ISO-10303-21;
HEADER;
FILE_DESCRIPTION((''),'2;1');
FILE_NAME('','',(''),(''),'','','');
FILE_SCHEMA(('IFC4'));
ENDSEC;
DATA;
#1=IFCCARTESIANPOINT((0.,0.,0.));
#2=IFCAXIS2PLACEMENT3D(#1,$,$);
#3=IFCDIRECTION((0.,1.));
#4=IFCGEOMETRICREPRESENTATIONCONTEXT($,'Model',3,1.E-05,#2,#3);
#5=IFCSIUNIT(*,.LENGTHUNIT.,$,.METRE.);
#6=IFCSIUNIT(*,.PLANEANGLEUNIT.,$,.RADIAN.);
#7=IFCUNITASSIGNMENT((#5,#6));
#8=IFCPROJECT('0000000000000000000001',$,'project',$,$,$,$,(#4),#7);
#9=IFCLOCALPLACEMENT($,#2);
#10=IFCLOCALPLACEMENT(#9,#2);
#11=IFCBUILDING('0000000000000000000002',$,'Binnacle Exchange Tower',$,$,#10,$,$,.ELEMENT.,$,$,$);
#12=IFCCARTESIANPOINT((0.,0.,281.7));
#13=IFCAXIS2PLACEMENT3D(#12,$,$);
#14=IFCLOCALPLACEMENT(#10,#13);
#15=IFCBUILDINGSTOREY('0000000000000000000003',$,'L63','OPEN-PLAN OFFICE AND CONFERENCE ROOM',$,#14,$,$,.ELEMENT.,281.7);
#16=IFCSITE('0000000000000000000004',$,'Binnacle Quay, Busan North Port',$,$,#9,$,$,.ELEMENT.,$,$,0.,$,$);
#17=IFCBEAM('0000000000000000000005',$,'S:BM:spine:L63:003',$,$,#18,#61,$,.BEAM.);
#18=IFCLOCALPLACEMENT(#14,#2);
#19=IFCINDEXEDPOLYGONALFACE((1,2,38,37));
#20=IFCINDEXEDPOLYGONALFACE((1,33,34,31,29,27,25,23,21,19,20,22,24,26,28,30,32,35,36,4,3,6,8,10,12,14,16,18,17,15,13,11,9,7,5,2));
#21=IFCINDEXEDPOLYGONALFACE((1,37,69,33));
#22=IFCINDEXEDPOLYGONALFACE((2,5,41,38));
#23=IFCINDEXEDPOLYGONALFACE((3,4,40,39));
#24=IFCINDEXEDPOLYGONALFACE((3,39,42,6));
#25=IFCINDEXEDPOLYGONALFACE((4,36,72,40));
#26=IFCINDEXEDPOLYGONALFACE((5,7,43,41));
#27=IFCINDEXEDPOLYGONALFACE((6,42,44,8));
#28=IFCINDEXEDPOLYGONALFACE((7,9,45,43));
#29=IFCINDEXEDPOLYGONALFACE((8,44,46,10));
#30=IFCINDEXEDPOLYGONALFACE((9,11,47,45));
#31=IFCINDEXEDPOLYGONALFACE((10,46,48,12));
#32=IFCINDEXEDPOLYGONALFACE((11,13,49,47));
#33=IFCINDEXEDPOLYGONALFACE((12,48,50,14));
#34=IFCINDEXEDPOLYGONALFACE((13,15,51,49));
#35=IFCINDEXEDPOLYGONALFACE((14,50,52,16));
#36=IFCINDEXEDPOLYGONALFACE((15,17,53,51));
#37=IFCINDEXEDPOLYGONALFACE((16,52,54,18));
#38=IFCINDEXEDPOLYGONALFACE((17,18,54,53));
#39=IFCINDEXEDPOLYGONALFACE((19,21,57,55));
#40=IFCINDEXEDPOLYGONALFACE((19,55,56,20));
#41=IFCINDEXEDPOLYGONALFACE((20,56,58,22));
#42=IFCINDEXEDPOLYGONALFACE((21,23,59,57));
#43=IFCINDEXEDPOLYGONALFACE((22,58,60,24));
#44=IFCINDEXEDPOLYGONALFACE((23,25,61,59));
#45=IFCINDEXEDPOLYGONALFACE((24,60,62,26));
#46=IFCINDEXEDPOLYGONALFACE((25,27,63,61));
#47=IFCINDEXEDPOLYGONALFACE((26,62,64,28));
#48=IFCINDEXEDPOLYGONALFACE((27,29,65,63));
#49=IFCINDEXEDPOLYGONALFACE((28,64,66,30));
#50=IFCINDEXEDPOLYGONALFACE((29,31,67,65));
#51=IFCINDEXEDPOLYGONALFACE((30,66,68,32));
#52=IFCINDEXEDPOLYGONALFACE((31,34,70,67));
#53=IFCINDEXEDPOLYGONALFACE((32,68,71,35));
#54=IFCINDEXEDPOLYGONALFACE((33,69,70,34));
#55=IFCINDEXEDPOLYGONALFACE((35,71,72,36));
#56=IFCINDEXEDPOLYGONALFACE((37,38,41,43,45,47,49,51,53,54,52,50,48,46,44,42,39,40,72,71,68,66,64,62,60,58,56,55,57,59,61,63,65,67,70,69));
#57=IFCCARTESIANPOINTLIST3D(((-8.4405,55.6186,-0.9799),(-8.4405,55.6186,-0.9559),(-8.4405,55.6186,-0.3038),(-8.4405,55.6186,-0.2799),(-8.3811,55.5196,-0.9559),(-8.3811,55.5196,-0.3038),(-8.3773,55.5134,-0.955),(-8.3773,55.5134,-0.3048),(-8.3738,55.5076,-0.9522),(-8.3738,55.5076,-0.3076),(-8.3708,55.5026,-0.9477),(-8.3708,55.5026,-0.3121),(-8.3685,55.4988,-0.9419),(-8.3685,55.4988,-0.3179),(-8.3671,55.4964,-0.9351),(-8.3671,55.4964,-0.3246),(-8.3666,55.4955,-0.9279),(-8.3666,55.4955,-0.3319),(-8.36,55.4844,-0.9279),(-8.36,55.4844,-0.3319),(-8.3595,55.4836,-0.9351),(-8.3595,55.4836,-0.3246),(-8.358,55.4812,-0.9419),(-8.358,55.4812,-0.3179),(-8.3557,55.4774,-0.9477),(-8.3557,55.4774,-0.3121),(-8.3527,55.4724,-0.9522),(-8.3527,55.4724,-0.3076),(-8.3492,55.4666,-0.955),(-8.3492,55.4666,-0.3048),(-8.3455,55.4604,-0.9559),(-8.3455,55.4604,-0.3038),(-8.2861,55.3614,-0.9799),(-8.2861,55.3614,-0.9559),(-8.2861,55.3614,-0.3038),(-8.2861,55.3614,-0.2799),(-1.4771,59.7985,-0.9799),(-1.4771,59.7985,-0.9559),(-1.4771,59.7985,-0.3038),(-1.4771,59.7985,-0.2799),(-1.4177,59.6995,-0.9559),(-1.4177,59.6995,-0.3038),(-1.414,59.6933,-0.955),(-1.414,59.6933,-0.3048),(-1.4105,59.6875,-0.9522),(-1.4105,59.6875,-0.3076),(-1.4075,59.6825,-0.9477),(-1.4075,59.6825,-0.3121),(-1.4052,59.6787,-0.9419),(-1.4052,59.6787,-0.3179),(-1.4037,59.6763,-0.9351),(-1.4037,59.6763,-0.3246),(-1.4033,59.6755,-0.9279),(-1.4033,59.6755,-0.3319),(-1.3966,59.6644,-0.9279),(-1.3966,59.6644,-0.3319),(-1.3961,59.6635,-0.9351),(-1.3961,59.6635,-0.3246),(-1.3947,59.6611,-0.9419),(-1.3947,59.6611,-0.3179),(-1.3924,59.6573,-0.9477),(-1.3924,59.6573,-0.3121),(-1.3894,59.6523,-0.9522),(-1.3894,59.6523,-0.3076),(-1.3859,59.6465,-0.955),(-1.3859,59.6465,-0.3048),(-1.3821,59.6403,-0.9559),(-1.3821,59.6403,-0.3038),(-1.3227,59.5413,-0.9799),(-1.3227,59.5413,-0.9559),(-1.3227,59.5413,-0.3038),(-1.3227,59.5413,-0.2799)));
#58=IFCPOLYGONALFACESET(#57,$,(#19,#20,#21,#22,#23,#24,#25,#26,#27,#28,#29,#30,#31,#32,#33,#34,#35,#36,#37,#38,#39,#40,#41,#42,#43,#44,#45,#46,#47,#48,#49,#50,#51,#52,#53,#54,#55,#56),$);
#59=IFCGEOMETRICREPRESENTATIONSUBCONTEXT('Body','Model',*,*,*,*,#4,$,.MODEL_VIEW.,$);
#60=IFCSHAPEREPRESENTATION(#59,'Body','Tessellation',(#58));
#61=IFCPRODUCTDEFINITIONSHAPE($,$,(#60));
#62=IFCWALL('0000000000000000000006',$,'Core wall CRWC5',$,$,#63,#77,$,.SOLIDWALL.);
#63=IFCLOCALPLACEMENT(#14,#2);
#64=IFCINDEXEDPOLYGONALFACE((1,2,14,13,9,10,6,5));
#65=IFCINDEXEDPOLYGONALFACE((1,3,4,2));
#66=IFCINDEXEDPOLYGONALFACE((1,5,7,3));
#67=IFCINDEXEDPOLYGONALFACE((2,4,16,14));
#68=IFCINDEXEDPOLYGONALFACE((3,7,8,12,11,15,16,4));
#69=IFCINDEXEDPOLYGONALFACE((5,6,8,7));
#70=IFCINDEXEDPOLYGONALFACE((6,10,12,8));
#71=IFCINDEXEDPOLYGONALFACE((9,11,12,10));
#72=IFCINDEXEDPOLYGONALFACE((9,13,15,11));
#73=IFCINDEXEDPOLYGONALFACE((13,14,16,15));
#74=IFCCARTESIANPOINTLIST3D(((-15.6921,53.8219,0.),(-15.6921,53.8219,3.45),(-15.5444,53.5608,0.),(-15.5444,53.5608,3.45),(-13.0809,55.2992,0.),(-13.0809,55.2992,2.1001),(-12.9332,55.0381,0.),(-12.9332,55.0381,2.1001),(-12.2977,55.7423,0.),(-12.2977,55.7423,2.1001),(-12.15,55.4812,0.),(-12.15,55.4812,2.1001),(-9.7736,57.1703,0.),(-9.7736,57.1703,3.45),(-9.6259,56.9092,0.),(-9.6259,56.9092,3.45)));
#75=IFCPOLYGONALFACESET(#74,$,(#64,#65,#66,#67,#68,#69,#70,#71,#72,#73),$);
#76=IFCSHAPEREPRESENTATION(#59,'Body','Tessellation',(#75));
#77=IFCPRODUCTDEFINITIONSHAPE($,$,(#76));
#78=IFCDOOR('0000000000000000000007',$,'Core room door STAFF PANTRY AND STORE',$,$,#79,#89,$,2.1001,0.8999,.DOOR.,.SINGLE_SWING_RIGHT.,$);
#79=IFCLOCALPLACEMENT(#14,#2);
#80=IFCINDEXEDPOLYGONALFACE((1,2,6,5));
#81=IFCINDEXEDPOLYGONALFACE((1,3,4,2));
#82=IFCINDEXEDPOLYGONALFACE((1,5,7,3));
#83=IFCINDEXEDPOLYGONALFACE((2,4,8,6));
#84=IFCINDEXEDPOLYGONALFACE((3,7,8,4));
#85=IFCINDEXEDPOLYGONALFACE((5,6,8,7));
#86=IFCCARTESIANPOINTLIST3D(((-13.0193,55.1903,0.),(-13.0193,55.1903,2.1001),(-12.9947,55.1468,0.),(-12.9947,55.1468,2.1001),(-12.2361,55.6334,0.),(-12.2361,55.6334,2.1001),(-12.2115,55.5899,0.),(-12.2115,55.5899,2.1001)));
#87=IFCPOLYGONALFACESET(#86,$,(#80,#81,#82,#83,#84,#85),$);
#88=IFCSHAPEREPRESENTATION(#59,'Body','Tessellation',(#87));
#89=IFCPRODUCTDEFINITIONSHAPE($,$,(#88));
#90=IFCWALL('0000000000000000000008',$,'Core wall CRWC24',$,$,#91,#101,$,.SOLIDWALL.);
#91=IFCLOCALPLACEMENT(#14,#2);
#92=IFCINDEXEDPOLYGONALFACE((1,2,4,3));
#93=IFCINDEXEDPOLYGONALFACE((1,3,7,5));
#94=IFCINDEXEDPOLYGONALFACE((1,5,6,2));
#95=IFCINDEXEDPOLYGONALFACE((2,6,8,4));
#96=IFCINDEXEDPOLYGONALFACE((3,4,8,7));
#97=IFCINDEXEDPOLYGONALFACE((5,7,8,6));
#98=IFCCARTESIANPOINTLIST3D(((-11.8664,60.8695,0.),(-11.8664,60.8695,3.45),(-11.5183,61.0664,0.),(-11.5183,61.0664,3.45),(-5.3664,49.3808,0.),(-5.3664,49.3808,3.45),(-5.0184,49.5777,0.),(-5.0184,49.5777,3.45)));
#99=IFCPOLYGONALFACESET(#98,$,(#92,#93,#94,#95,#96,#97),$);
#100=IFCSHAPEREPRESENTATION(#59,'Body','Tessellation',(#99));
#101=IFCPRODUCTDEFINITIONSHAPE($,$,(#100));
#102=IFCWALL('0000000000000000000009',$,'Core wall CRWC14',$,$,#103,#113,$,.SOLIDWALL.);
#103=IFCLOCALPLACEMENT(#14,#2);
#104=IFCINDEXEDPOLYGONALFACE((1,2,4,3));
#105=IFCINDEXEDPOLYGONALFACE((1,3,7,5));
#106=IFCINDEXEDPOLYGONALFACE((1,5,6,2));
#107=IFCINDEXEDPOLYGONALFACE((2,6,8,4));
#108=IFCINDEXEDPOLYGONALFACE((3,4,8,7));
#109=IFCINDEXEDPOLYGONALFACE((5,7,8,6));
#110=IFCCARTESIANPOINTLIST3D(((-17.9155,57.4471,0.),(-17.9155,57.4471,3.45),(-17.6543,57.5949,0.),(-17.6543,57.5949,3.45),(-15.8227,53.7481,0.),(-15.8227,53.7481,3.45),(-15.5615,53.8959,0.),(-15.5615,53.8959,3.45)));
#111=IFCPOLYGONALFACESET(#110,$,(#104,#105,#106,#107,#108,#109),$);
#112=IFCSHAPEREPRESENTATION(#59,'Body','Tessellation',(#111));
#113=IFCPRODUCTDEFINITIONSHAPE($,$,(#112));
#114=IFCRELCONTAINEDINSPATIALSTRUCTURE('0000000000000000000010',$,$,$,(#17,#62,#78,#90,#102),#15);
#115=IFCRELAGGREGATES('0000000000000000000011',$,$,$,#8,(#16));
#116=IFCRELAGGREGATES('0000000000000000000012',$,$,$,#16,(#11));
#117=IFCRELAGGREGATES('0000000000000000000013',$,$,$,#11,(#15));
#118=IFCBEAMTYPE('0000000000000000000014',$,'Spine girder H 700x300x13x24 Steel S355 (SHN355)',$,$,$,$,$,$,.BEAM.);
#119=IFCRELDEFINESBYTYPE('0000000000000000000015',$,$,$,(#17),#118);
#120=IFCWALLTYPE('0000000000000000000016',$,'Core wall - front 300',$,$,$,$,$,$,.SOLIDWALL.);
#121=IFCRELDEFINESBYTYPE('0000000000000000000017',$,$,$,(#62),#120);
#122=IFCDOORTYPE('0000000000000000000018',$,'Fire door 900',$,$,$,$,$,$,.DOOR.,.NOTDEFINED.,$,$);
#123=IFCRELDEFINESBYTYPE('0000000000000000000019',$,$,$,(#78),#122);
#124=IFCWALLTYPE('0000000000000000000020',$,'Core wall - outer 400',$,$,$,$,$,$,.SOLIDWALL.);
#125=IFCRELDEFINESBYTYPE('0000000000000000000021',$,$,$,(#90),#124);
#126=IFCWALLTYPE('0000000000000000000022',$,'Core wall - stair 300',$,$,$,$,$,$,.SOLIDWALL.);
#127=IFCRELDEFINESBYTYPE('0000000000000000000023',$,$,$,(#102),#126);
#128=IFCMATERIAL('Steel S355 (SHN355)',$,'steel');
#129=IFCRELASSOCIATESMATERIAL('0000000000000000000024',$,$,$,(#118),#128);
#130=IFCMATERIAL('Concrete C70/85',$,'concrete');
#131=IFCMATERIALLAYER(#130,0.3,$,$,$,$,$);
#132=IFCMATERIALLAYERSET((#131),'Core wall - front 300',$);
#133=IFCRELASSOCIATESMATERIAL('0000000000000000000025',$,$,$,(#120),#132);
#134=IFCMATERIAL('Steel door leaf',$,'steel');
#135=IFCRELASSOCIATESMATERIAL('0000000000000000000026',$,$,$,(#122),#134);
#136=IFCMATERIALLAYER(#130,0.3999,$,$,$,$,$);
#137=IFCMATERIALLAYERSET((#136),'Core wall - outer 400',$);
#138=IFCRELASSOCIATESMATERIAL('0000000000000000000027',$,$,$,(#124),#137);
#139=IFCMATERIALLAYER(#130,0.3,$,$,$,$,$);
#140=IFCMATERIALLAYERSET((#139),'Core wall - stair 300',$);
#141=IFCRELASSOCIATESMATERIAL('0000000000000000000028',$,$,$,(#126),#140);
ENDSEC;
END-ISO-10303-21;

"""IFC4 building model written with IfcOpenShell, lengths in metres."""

from ifc_helpers import new_model, si_unit, direction, frame, frame_2d, origin, origin_2d, place, context, subcontext, project, spatial, rectangle, i_section, extrude, material, layer, layer_set, material_profile, profile_set, type_object, element, fill, save


model = new_model("IFC4")

# Units and contexts
model_context = context("Model", 3, precision=1e-05, world=origin(), true_north=direction((0.0, 1.0)))
body_context = subcontext(model_context, "Body", "Model", "MODEL_VIEW")
ifc_project = project(units=[si_unit("LENGTHUNIT", "METRE"), si_unit("PLANEANGLEUNIT", "RADIAN")], contexts=[model_context])

# Site, building, storey
site_placement = place(None, origin())
site = spatial("IfcSite", under=ifc_project, at=site_placement, Name="Binnacle Quay, Busan North Port", CompositionType="ELEMENT", RefElevation=0.0)
building_placement = place(site_placement, origin())
building = spatial("IfcBuilding", under=site, at=building_placement, Name="Binnacle Exchange Tower", CompositionType="ELEMENT")
storey_placement = place(building_placement, frame((0.0, 0.0, 281.7)))
storey = spatial("IfcBuildingStorey", under=building, at=storey_placement, Name="L63", Description="OPEN-PLAN OFFICE AND CONFERENCE ROOM", CompositionType="ELEMENT", Elevation=281.7)

# Beam
ifc_material_1 = material(Name="Steel S355 (SHN355)", Category="steel")
ifc_material_profile_1 = material_profile(ifc_material_1, i_section(OverallWidth=0.3, OverallDepth=0.7, WebThickness=0.0129, FlangeThickness=0.0239, FilletRadius=0.0281, at=origin_2d()), Name="H 700x300x13x24")
ifc_profile_set_1 = profile_set([ifc_material_profile_1], Name="Steel S355 (SHN355)")
beam_type_1 = type_object("IfcBeamType", Name="Spine girder H 700x300x13x24 Steel S355 (SHN355)", PredefinedType="BEAM", material=ifc_profile_set_1)
beam_1_placement = place(storey_placement, frame((-8.3633, 55.49, -0.6299), z_axis=(0.857389, 0.514668, 0.0), x_axis=(-0.514668, 0.857389, 0.0)))
element("IfcBeam", 1, at=beam_1_placement, inside=storey, type_object=beam_type_1, Name="S:BM:spine:L63:003", PredefinedType="BEAM", context=body_context, shape_type="SweptSolid", body=[
    extrude(i_section(OverallWidth=0.3, OverallDepth=0.7, WebThickness=0.0129, FlangeThickness=0.0239, FilletRadius=0.0281, at=origin_2d()), origin(), (0.0, 0.0, 1.0), 8.1216),
])

# Wall, opening, door
ifc_material_2 = material(Name="Concrete C70/85", Category="concrete")
ifc_layer_1 = layer(ifc_material_2, 0.3)
ifc_layer_set_1 = layer_set([ifc_layer_1], Name="Core wall - front 300")
wall_type_1 = type_object("IfcWallType", Name="Core wall - front 300", PredefinedType="SOLIDWALL", material=ifc_layer_set_1)
wall_1_placement = place(storey_placement, frame((-15.6182, 53.6914, 0.0), z_axis=(0.0, 0.0, 1.0), x_axis=(0.870363, 0.492411, 0.0)))
wall_1 = element("IfcWall", 2, at=wall_1_placement, inside=storey, type_object=wall_type_1, Name="Core wall CRWC5", PredefinedType="SOLIDWALL", context=body_context, shape_type="SweptSolid", body=[
    extrude(rectangle(XDim=6.8, YDim=0.3, at=frame_2d((3.3999, 0.0))), origin(), (0.0, 0.0, 1.0), 3.45),
])
opening_1_placement = place(wall_1_placement, frame((3.0, 0.0, 0.0)))
opening_1 = element("IfcOpeningElement", 3, at=opening_1_placement, cuts=wall_1, PredefinedType="OPENING", context=body_context, shape_type="SweptSolid", body=[
    extrude(rectangle(XDim=0.8999, YDim=2.1001, at=frame_2d((0.45, 1.05))), frame((0.0, 0.1599, 0.0), z_axis=(0.0, -1.0, 0.0), x_axis=(1.0, 0.0, 0.0)), (0.0, 0.0, 1.0), 0.3201),
])
ifc_material_3 = material(Name="Steel door leaf", Category="steel")
door_type = type_object("IfcDoorType", Name="Fire door 900", OperationType="NOTDEFINED", PredefinedType="DOOR", material=ifc_material_3)
door_placement = place(opening_1_placement, origin())
door = element("IfcDoor", 4, at=door_placement, inside=storey, type_object=door_type, Name="Core room door STAFF PANTRY AND STORE", OperationType="SINGLE_SWING_RIGHT", OverallHeight=2.1001, OverallWidth=0.8999, PredefinedType="DOOR", context=body_context, shape_type="SweptSolid", body=[
    extrude(rectangle(XDim=0.8999, YDim=2.1001, at=frame_2d((0.45, 1.05))), frame((0.0, 0.0249, 0.0), z_axis=(0.0, -1.0, 0.0), x_axis=(1.0, 0.0, 0.0)), (0.0, 0.0, 1.0), 0.05),
])
fill(opening_1, door)

# Walls
ifc_layer_2 = layer(ifc_material_2, 0.3999)
ifc_layer_set_2 = layer_set([ifc_layer_2], Name="Core wall - outer 400")
wall_type_2 = type_object("IfcWallType", Name="Core wall - outer 400", PredefinedType="SOLIDWALL", material=ifc_layer_set_2)
wall_2_placement = place(storey_placement, frame((-11.6924, 60.968, 0.0), z_axis=(0.0, 0.0, 1.0), x_axis=(0.492422, -0.870357, 0.0)))
element("IfcWall", 5, at=wall_2_placement, inside=storey, type_object=wall_type_2, Name="Core wall CRWC24", PredefinedType="SOLIDWALL", context=body_context, shape_type="SweptSolid", body=[
    extrude(rectangle(XDim=13.2, YDim=0.3999, at=frame_2d((6.6001, 0.0))), origin(), (0.0, 0.0, 1.0), 3.45),
])
ifc_layer_3 = layer(ifc_material_2, 0.3)
ifc_layer_set_3 = layer_set([ifc_layer_3], Name="Core wall - stair 300")
wall_type_3 = type_object("IfcWallType", Name="Core wall - stair 300", PredefinedType="SOLIDWALL", material=ifc_layer_set_3)
wall_3_placement = place(storey_placement, frame((-17.7849, 57.521, 0.0), z_axis=(0.0, 0.0, 1.0), x_axis=(0.492423, -0.870356, 0.0)))
element("IfcWall", 6, at=wall_3_placement, inside=storey, type_object=wall_type_3, Name="Core wall CRWC14", PredefinedType="SOLIDWALL", context=body_context, shape_type="SweptSolid", body=[
    extrude(rectangle(XDim=4.25, YDim=0.3, at=frame_2d((2.125, 0.0))), origin(), (0.0, 0.0, 1.0), 3.45),
])

save(model, "model.ifc")
